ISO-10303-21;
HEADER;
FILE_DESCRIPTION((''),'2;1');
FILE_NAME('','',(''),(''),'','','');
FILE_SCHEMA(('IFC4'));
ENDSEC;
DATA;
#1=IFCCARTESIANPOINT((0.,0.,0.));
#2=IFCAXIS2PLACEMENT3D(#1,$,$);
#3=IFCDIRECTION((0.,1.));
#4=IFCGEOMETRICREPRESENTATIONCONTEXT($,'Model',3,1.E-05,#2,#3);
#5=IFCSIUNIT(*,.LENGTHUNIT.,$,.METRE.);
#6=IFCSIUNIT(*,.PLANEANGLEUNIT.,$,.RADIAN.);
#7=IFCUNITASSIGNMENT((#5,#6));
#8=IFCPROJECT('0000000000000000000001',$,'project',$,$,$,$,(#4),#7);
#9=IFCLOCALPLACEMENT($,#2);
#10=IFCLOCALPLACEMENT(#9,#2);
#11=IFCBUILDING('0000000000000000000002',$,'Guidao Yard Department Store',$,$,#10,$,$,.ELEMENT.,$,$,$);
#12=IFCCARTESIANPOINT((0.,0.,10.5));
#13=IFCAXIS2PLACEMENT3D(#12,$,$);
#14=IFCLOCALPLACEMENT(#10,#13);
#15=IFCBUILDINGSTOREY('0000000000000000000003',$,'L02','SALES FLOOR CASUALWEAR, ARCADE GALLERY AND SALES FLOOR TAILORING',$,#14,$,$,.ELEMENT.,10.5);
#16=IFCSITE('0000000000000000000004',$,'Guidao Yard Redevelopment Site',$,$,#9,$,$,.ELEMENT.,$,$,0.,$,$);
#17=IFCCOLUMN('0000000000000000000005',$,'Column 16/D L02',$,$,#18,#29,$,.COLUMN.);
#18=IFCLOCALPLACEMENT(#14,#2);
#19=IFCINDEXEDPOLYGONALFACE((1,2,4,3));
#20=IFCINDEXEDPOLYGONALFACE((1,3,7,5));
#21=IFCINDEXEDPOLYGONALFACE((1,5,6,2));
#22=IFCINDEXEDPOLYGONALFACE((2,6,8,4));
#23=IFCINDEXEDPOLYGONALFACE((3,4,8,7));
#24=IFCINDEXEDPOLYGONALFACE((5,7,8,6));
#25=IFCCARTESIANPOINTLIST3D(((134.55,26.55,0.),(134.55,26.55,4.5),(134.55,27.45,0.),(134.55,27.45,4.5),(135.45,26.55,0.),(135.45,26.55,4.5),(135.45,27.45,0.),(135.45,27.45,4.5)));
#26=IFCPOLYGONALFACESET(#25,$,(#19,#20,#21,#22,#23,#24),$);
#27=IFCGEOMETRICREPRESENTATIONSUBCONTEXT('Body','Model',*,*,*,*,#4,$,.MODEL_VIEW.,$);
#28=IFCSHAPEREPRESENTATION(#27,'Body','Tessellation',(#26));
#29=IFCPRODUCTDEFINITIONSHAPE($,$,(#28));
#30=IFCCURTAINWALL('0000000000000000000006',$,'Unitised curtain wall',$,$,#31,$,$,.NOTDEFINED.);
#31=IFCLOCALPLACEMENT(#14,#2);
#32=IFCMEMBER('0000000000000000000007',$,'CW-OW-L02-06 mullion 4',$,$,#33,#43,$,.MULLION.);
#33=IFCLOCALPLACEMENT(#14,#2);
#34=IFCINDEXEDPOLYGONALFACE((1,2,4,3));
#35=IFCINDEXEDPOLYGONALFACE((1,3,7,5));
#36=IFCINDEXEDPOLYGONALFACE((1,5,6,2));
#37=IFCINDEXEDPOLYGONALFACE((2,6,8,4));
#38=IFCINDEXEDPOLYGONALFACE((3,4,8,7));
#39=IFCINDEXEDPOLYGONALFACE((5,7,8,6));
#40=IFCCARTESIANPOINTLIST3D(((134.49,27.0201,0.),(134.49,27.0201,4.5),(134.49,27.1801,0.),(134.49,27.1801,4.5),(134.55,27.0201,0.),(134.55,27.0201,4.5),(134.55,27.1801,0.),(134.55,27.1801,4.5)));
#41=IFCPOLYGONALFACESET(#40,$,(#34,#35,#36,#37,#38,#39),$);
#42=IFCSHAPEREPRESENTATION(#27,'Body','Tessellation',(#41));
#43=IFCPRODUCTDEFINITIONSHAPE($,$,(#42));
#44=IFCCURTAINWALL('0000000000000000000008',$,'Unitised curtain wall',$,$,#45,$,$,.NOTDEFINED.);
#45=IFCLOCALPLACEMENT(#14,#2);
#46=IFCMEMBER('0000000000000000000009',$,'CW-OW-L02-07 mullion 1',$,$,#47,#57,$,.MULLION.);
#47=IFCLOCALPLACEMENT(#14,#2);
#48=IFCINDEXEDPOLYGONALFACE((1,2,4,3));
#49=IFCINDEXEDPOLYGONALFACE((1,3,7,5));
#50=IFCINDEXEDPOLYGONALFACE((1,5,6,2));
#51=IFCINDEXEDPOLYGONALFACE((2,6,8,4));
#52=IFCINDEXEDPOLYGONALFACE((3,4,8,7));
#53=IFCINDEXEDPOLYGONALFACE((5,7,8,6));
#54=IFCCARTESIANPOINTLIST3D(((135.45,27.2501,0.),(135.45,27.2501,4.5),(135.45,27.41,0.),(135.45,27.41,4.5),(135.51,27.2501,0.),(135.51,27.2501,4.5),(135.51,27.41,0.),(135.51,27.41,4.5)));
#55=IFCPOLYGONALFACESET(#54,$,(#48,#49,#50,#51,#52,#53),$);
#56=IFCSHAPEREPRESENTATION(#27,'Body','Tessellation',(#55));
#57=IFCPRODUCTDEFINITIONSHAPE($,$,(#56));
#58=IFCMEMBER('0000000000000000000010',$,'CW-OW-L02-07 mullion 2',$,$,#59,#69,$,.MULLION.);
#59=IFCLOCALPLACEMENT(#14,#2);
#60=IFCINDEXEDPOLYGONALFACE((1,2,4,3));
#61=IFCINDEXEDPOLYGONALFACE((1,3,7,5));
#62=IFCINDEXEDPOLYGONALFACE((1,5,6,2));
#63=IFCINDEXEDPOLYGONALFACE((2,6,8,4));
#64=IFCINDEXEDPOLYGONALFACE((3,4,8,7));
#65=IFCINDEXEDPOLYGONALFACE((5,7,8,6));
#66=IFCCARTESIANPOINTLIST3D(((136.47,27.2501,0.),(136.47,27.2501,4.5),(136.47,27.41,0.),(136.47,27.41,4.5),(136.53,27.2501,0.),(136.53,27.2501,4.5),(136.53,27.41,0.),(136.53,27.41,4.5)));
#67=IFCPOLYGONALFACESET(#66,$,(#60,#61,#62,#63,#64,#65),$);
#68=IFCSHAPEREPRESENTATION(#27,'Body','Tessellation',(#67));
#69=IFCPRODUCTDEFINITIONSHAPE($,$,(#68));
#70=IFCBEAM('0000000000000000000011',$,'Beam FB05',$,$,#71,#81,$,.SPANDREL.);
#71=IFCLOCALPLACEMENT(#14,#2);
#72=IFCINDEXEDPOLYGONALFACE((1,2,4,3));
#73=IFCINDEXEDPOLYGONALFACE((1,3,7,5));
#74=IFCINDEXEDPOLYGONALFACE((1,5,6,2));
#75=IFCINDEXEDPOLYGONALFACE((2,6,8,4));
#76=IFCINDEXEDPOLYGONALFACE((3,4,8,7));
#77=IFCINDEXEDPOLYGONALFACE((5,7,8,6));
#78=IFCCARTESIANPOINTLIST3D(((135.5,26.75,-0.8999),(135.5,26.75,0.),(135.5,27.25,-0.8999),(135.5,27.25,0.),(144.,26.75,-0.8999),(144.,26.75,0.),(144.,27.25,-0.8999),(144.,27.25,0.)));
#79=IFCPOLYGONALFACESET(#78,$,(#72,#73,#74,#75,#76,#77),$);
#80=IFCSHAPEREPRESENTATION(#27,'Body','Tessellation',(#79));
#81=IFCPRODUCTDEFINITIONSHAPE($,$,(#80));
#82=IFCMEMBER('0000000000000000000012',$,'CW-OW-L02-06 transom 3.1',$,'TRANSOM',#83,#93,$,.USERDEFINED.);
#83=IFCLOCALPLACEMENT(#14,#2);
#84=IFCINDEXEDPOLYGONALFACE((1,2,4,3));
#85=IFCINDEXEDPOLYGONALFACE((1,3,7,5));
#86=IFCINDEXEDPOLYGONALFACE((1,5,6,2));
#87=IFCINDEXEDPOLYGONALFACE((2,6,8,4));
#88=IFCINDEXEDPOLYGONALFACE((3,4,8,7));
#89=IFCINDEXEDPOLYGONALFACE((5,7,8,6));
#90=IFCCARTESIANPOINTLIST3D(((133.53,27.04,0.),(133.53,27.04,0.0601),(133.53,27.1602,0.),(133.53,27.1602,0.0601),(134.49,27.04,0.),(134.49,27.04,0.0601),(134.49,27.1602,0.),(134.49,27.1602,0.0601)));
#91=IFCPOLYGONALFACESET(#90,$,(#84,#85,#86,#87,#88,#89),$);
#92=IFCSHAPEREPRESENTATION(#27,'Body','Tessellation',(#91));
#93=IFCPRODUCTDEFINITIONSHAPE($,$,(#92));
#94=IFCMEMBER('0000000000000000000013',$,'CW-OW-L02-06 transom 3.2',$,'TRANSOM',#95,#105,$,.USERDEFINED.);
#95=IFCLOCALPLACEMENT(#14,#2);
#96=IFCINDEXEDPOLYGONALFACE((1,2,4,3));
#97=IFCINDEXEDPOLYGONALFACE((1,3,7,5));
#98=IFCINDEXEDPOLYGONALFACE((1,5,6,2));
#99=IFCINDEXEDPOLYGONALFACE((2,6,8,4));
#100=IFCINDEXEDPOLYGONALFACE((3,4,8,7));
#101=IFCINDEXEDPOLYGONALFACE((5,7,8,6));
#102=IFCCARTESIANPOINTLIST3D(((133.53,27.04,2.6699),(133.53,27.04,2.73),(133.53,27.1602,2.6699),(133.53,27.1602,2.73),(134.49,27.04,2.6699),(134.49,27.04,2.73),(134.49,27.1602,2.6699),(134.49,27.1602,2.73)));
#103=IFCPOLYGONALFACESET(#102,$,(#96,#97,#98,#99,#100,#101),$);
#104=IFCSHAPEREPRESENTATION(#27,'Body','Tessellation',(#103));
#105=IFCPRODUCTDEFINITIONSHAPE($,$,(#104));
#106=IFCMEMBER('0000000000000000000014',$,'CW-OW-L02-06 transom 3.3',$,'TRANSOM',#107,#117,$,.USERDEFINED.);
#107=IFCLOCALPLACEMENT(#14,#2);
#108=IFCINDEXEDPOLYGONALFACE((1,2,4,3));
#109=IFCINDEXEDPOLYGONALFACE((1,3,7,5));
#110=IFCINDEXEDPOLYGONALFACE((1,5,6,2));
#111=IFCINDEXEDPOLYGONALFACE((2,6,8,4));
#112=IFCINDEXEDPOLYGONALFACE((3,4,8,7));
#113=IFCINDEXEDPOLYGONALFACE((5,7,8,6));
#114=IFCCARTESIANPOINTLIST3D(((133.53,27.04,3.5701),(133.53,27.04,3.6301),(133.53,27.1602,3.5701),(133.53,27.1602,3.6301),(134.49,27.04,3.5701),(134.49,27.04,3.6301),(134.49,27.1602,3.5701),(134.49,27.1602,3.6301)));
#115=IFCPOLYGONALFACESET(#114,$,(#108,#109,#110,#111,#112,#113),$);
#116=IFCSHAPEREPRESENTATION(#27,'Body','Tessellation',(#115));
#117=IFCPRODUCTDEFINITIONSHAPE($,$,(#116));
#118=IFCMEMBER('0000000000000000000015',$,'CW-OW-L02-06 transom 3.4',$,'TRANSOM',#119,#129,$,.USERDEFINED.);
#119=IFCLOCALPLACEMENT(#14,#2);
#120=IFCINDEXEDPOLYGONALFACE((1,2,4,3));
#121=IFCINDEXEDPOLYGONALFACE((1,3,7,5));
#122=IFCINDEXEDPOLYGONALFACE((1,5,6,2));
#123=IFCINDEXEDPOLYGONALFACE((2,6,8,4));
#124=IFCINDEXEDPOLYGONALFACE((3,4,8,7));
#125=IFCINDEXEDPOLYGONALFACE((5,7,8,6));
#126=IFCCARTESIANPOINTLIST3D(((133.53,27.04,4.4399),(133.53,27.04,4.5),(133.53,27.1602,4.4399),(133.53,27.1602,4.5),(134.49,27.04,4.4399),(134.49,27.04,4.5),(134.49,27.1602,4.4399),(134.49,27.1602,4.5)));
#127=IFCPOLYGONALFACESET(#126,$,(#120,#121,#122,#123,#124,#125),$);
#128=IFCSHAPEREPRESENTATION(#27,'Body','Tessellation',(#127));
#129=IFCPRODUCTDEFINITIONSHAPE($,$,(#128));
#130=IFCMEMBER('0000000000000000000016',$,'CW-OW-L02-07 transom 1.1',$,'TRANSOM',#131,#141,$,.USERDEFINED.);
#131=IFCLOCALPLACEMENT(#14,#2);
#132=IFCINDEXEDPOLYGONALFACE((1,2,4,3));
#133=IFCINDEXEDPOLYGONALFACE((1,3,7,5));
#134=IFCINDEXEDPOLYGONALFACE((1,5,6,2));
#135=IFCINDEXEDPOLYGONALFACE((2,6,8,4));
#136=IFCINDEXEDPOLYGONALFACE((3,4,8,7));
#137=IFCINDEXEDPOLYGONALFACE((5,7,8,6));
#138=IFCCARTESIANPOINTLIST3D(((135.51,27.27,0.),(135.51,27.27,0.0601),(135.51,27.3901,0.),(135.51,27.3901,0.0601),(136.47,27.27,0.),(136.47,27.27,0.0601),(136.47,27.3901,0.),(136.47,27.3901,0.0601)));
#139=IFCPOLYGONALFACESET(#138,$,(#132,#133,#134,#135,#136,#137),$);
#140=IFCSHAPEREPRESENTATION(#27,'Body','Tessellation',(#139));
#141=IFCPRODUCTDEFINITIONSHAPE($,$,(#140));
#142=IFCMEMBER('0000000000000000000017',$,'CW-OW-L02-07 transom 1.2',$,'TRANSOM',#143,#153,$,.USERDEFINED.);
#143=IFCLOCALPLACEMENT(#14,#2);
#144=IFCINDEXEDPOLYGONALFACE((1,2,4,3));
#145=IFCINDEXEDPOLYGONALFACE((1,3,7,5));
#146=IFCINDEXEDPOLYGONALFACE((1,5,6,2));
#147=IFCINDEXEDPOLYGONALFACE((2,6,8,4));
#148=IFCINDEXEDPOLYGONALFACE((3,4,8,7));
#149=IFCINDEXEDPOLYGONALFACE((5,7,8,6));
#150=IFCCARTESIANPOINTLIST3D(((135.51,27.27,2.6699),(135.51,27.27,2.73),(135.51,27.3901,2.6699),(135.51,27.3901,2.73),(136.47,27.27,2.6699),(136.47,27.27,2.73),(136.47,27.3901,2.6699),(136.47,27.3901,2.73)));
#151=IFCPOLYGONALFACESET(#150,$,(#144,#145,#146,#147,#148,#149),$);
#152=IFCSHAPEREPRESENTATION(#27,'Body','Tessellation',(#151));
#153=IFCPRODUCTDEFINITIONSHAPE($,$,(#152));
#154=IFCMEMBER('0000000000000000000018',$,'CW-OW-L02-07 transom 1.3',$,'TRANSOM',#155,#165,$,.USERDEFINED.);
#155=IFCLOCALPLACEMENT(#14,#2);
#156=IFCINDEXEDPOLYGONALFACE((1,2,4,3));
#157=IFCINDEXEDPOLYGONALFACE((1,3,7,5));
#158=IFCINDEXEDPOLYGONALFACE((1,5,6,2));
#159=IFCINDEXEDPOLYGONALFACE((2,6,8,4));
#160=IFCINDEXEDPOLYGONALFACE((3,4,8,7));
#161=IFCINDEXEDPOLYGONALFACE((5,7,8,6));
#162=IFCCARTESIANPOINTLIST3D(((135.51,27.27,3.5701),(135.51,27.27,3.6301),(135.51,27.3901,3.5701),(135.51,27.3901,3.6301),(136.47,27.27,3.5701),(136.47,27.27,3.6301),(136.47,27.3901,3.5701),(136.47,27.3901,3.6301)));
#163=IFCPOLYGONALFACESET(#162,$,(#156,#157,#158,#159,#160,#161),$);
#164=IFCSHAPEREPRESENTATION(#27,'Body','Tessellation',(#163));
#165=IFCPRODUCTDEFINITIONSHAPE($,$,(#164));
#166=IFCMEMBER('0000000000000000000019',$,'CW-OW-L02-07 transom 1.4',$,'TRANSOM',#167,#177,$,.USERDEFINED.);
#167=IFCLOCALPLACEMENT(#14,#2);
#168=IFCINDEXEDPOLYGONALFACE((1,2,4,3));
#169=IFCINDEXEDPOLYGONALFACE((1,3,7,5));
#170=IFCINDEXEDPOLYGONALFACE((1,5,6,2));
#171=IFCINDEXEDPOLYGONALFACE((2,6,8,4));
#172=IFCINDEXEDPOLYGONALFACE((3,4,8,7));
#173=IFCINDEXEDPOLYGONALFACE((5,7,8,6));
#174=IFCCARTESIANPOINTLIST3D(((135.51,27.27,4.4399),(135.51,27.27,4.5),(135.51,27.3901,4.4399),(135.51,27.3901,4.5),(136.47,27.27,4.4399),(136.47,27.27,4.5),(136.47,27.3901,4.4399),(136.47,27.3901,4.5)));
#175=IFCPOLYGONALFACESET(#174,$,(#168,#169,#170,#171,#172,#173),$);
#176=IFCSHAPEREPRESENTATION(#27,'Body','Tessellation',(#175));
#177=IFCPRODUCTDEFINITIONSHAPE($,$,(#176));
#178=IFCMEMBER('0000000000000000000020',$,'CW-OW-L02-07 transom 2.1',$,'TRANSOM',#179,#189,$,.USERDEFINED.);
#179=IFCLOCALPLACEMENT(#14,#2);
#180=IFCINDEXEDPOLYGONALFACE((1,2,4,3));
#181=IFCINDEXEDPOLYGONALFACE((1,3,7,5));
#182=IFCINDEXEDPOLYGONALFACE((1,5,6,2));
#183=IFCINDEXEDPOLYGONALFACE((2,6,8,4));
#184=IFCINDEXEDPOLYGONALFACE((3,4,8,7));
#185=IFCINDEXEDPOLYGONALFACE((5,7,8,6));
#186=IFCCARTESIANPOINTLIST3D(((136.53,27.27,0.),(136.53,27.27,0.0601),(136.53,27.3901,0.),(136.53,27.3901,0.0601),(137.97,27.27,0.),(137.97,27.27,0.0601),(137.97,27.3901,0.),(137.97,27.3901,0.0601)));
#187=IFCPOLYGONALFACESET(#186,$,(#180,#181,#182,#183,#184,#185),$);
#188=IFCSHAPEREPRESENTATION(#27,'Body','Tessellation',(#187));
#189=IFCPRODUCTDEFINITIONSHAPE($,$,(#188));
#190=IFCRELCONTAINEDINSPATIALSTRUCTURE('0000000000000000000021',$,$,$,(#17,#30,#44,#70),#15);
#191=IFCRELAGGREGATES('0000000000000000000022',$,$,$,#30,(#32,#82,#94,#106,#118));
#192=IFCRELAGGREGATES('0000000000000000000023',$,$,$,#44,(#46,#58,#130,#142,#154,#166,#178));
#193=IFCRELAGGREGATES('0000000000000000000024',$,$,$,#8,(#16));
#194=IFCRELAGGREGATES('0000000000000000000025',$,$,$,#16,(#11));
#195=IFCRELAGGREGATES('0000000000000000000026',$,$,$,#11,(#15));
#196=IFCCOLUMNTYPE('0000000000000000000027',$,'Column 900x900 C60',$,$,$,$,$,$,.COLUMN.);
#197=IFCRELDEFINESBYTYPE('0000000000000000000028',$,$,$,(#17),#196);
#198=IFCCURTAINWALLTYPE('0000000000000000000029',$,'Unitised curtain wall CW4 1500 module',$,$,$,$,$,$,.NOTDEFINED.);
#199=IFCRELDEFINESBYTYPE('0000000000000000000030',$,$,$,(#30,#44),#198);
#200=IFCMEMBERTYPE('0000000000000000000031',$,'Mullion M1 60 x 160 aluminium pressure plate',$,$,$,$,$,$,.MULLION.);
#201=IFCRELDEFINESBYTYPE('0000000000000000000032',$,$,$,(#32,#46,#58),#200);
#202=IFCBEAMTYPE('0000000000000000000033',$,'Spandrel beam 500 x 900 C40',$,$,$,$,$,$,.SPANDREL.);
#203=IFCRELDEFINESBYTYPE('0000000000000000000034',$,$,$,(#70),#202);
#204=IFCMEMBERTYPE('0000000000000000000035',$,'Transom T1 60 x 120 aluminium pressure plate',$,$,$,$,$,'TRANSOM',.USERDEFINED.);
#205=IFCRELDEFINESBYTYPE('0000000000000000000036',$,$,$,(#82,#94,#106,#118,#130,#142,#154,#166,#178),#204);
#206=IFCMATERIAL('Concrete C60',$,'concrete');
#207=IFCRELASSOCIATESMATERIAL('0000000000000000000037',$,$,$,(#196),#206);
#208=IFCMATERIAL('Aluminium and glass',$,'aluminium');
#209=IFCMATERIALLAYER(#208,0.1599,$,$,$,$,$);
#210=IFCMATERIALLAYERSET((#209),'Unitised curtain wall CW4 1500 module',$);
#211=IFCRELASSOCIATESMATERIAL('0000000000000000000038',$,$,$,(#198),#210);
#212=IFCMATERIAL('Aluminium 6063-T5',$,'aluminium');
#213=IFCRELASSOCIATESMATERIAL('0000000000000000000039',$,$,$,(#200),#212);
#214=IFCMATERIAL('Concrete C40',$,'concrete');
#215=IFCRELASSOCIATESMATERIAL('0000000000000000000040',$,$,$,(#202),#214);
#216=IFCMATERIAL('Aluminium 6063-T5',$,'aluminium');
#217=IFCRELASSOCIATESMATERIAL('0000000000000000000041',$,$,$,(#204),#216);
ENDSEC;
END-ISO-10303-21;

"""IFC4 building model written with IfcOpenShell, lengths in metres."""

from ifc_helpers import new_model, si_unit, direction, frame, origin, origin_2d, place, context, subcontext, project, spatial, rectangle, extrude, material, layer, layer_set, material_profile, profile_set, type_object, element, aggregate, save


model = new_model("IFC4")

# Units and contexts
model_context = context("Model", 3, precision=1e-05, world=origin(), true_north=direction((0.0, 1.0)))
body_context = subcontext(model_context, "Body", "Model", "MODEL_VIEW")
ifc_project = project(units=[si_unit("LENGTHUNIT", "METRE"), si_unit("PLANEANGLEUNIT", "RADIAN")], contexts=[model_context])

# Site, building, storey
site_placement = place(None, origin())
site = spatial("IfcSite", under=ifc_project, at=site_placement, Name="Guidao Yard Redevelopment Site", CompositionType="ELEMENT", RefElevation=0.0)
building_placement = place(site_placement, origin())
building = spatial("IfcBuilding", under=site, at=building_placement, Name="Guidao Yard Department Store", CompositionType="ELEMENT")
storey_placement = place(building_placement, frame((0.0, 0.0, 10.5)))
storey = spatial("IfcBuildingStorey", under=building, at=storey_placement, Name="L02", Description="SALES FLOOR CASUALWEAR, ARCADE GALLERY AND SALES FLOOR TAILORING", CompositionType="ELEMENT", Elevation=10.5)

# Column
ifc_material_1 = material(Name="Concrete C60", Category="concrete")
ifc_material_profile_1 = material_profile(ifc_material_1, rectangle(XDim=0.8999, YDim=0.8999, at=origin_2d()), Name="COL 900x900")
ifc_profile_set_1 = profile_set([ifc_material_profile_1], Name="Concrete C60")
column_type = type_object("IfcColumnType", Name="Column 900x900 C60", PredefinedType="COLUMN", material=ifc_profile_set_1)
column_placement = place(storey_placement, frame((135.0, 27.0, 0.0), z_axis=(0.0, 0.0, 1.0), x_axis=(1.0, 0.0, 0.0)))
element("IfcColumn", 1, at=column_placement, inside=storey, type_object=column_type, Name="Column 16/D L02", PredefinedType="COLUMN", context=body_context, shape_type="SweptSolid", body=[
    extrude(rectangle(XDim=0.8999, YDim=0.8999, at=origin_2d()), origin(), (0.0, 0.0, 1.0), 4.5),
])

# Curtain wall, member
ifc_material_2 = material(Name="Aluminium and glass", Category="aluminium")
ifc_layer_1 = layer(ifc_material_2, 0.1599)
ifc_layer_set_1 = layer_set([ifc_layer_1], Name="Unitised curtain wall CW4 1500 module")
curtain_wall_type = type_object("IfcCurtainWallType", Name="Unitised curtain wall CW4 1500 module", PredefinedType="NOTDEFINED", material=ifc_layer_set_1)
curtain_wall_1_placement = place(storey_placement, origin())
curtain_wall_1 = element("IfcCurtainWall", 2, at=curtain_wall_1_placement, inside=storey, type_object=curtain_wall_type, Name="Unitised curtain wall", PredefinedType="NOTDEFINED")
ifc_material_3 = material(Name="Aluminium 6063-T5", Category="aluminium")
ifc_material_profile_2 = material_profile(ifc_material_3, rectangle(XDim=0.0601, YDim=0.1599, at=origin_2d()), Name="Mullion M1 60 x 160 aluminium pressure plate")
ifc_profile_set_2 = profile_set([ifc_material_profile_2], Name="Aluminium 6063-T5")
member_type_1 = type_object("IfcMemberType", Name="Mullion M1 60 x 160 aluminium pressure plate", PredefinedType="MULLION", material=ifc_profile_set_2)
member_1_placement = place(storey_placement, frame((134.52, 27.1001, 0.0), z_axis=(0.0, 0.0, 1.0), x_axis=(1.0, 0.0, 0.0)))
member_1 = element("IfcMember", 3, at=member_1_placement, type_object=member_type_1, Name="CW-OW-L02-06 mullion 4", PredefinedType="MULLION", context=body_context, shape_type="SweptSolid", body=[
    extrude(rectangle(XDim=0.0601, YDim=0.1599, at=origin_2d()), origin(), (0.0, 0.0, 1.0), 4.5),
])

# Curtain wall, members
curtain_wall_2_placement = place(storey_placement, origin())
curtain_wall_2 = element("IfcCurtainWall", 4, at=curtain_wall_2_placement, inside=storey, type_object=curtain_wall_type, Name="Unitised curtain wall", PredefinedType="NOTDEFINED")
member_2_placement = place(storey_placement, frame((135.48, 27.3301, 0.0), z_axis=(0.0, 0.0, 1.0), x_axis=(1.0, 0.0, 0.0)))
member_2 = element("IfcMember", 5, at=member_2_placement, type_object=member_type_1, Name="CW-OW-L02-07 mullion 1", PredefinedType="MULLION", context=body_context, shape_type="SweptSolid", body=[
    extrude(rectangle(XDim=0.0601, YDim=0.1599, at=origin_2d()), origin(), (0.0, 0.0, 1.0), 4.5),
])
member_3_placement = place(storey_placement, frame((136.5, 27.3301, 0.0), z_axis=(0.0, 0.0, 1.0), x_axis=(1.0, 0.0, 0.0)))
member_3 = element("IfcMember", 6, at=member_3_placement, type_object=member_type_1, Name="CW-OW-L02-07 mullion 2", PredefinedType="MULLION", context=body_context, shape_type="SweptSolid", body=[
    extrude(rectangle(XDim=0.0601, YDim=0.1599, at=origin_2d()), origin(), (0.0, 0.0, 1.0), 4.5),
])

# Beam
ifc_material_4 = material(Name="Concrete C40", Category="concrete")
ifc_material_profile_3 = material_profile(ifc_material_4, rectangle(XDim=0.5, YDim=0.8999, at=origin_2d()), Name="Spandrel beam 500 x 900 C40")
ifc_profile_set_3 = profile_set([ifc_material_profile_3], Name="Concrete C40")
beam_type = type_object("IfcBeamType", Name="Spandrel beam 500 x 900 C40", PredefinedType="SPANDREL", material=ifc_profile_set_3)
beam_placement = place(storey_placement, frame((135.5, 27.0, -0.45), z_axis=(1.0, 0.0, 0.0), x_axis=(0.0, 1.0, 0.0)))
element("IfcBeam", 7, at=beam_placement, inside=storey, type_object=beam_type, Name="Beam FB05", PredefinedType="SPANDREL", context=body_context, shape_type="SweptSolid", body=[
    extrude(rectangle(XDim=0.5, YDim=0.8999, at=origin_2d()), origin(), (0.0, 0.0, 1.0), 8.5),
])

# Members
ifc_material_5 = material(Name="Aluminium 6063-T5", Category="aluminium")
ifc_material_profile_4 = material_profile(ifc_material_5, rectangle(XDim=0.1201, YDim=0.0601, at=origin_2d()), Name="Transom T1 60 x 120 aluminium pressure plate")
ifc_profile_set_4 = profile_set([ifc_material_profile_4], Name="Aluminium 6063-T5")
member_type_2 = type_object("IfcMemberType", Name="Transom T1 60 x 120 aluminium pressure plate", ElementType="TRANSOM", PredefinedType="USERDEFINED", material=ifc_profile_set_4)
member_4_placement = place(storey_placement, frame((133.53, 27.1001, 0.03), z_axis=(1.0, 0.0, 0.0), x_axis=(0.0, 1.0, 0.0)))
member_4 = element("IfcMember", 8, at=member_4_placement, type_object=member_type_2, Name="CW-OW-L02-06 transom 3.1", ObjectType="TRANSOM", PredefinedType="USERDEFINED", context=body_context, shape_type="SweptSolid", body=[
    extrude(rectangle(XDim=0.1201, YDim=0.0601, at=origin_2d()), origin(), (0.0, 0.0, 1.0), 0.96),
])
member_5_placement = place(storey_placement, frame((133.53, 27.1001, 2.7), z_axis=(1.0, 0.0, 0.0), x_axis=(0.0, 1.0, 0.0)))
member_5 = element("IfcMember", 9, at=member_5_placement, type_object=member_type_2, Name="CW-OW-L02-06 transom 3.2", ObjectType="TRANSOM", PredefinedType="USERDEFINED", context=body_context, shape_type="SweptSolid", body=[
    extrude(rectangle(XDim=0.1201, YDim=0.0601, at=origin_2d()), origin(), (0.0, 0.0, 1.0), 0.96),
])
member_6_placement = place(storey_placement, frame((133.53, 27.1001, 3.6001), z_axis=(1.0, 0.0, 0.0), x_axis=(0.0, 1.0, 0.0)))
member_6 = element("IfcMember", 10, at=member_6_placement, type_object=member_type_2, Name="CW-OW-L02-06 transom 3.3", ObjectType="TRANSOM", PredefinedType="USERDEFINED", context=body_context, shape_type="SweptSolid", body=[
    extrude(rectangle(XDim=0.1201, YDim=0.0601, at=origin_2d()), origin(), (0.0, 0.0, 1.0), 0.96),
])
member_7_placement = place(storey_placement, frame((133.53, 27.1001, 4.47), z_axis=(1.0, 0.0, 0.0), x_axis=(0.0, 1.0, 0.0)))
member_7 = element("IfcMember", 11, at=member_7_placement, type_object=member_type_2, Name="CW-OW-L02-06 transom 3.4", ObjectType="TRANSOM", PredefinedType="USERDEFINED", context=body_context, shape_type="SweptSolid", body=[
    extrude(rectangle(XDim=0.1201, YDim=0.0601, at=origin_2d()), origin(), (0.0, 0.0, 1.0), 0.96),
])
member_8_placement = place(storey_placement, frame((135.51, 27.3301, 0.03), z_axis=(1.0, 0.0, 0.0), x_axis=(0.0, 1.0, 0.0)))
member_8 = element("IfcMember", 12, at=member_8_placement, type_object=member_type_2, Name="CW-OW-L02-07 transom 1.1", ObjectType="TRANSOM", PredefinedType="USERDEFINED", context=body_context, shape_type="SweptSolid", body=[
    extrude(rectangle(XDim=0.1201, YDim=0.0601, at=origin_2d()), origin(), (0.0, 0.0, 1.0), 0.96),
])
member_9_placement = place(storey_placement, frame((135.51, 27.3301, 2.7), z_axis=(1.0, 0.0, 0.0), x_axis=(0.0, 1.0, 0.0)))
member_9 = element("IfcMember", 13, at=member_9_placement, type_object=member_type_2, Name="CW-OW-L02-07 transom 1.2", ObjectType="TRANSOM", PredefinedType="USERDEFINED", context=body_context, shape_type="SweptSolid", body=[
    extrude(rectangle(XDim=0.1201, YDim=0.0601, at=origin_2d()), origin(), (0.0, 0.0, 1.0), 0.96),
])
member_10_placement = place(storey_placement, frame((135.51, 27.3301, 3.6001), z_axis=(1.0, 0.0, 0.0), x_axis=(0.0, 1.0, 0.0)))
member_10 = element("IfcMember", 14, at=member_10_placement, type_object=member_type_2, Name="CW-OW-L02-07 transom 1.3", ObjectType="TRANSOM", PredefinedType="USERDEFINED", context=body_context, shape_type="SweptSolid", body=[
    extrude(rectangle(XDim=0.1201, YDim=0.0601, at=origin_2d()), origin(), (0.0, 0.0, 1.0), 0.96),
])
member_11_placement = place(storey_placement, frame((135.51, 27.3301, 4.47), z_axis=(1.0, 0.0, 0.0), x_axis=(0.0, 1.0, 0.0)))
member_11 = element("IfcMember", 15, at=member_11_placement, type_object=member_type_2, Name="CW-OW-L02-07 transom 1.4", ObjectType="TRANSOM", PredefinedType="USERDEFINED", context=body_context, shape_type="SweptSolid", body=[
    extrude(rectangle(XDim=0.1201, YDim=0.0601, at=origin_2d()), origin(), (0.0, 0.0, 1.0), 0.96),
])
member_12_placement = place(storey_placement, frame((136.53, 27.3301, 0.03), z_axis=(1.0, 0.0, 0.0), x_axis=(0.0, 1.0, 0.0)))
member_12 = element("IfcMember", 16, at=member_12_placement, type_object=member_type_2, Name="CW-OW-L02-07 transom 2.1", ObjectType="TRANSOM", PredefinedType="USERDEFINED", context=body_context, shape_type="SweptSolid", body=[
    extrude(rectangle(XDim=0.1201, YDim=0.0601, at=origin_2d()), origin(), (0.0, 0.0, 1.0), 1.4399),
])

aggregate(curtain_wall_1, [member_1, member_4, member_5, member_6, member_7])
aggregate(curtain_wall_2, [member_2, member_3, member_8, member_9, member_10, member_11, member_12])

save(model, "model.ifc")
